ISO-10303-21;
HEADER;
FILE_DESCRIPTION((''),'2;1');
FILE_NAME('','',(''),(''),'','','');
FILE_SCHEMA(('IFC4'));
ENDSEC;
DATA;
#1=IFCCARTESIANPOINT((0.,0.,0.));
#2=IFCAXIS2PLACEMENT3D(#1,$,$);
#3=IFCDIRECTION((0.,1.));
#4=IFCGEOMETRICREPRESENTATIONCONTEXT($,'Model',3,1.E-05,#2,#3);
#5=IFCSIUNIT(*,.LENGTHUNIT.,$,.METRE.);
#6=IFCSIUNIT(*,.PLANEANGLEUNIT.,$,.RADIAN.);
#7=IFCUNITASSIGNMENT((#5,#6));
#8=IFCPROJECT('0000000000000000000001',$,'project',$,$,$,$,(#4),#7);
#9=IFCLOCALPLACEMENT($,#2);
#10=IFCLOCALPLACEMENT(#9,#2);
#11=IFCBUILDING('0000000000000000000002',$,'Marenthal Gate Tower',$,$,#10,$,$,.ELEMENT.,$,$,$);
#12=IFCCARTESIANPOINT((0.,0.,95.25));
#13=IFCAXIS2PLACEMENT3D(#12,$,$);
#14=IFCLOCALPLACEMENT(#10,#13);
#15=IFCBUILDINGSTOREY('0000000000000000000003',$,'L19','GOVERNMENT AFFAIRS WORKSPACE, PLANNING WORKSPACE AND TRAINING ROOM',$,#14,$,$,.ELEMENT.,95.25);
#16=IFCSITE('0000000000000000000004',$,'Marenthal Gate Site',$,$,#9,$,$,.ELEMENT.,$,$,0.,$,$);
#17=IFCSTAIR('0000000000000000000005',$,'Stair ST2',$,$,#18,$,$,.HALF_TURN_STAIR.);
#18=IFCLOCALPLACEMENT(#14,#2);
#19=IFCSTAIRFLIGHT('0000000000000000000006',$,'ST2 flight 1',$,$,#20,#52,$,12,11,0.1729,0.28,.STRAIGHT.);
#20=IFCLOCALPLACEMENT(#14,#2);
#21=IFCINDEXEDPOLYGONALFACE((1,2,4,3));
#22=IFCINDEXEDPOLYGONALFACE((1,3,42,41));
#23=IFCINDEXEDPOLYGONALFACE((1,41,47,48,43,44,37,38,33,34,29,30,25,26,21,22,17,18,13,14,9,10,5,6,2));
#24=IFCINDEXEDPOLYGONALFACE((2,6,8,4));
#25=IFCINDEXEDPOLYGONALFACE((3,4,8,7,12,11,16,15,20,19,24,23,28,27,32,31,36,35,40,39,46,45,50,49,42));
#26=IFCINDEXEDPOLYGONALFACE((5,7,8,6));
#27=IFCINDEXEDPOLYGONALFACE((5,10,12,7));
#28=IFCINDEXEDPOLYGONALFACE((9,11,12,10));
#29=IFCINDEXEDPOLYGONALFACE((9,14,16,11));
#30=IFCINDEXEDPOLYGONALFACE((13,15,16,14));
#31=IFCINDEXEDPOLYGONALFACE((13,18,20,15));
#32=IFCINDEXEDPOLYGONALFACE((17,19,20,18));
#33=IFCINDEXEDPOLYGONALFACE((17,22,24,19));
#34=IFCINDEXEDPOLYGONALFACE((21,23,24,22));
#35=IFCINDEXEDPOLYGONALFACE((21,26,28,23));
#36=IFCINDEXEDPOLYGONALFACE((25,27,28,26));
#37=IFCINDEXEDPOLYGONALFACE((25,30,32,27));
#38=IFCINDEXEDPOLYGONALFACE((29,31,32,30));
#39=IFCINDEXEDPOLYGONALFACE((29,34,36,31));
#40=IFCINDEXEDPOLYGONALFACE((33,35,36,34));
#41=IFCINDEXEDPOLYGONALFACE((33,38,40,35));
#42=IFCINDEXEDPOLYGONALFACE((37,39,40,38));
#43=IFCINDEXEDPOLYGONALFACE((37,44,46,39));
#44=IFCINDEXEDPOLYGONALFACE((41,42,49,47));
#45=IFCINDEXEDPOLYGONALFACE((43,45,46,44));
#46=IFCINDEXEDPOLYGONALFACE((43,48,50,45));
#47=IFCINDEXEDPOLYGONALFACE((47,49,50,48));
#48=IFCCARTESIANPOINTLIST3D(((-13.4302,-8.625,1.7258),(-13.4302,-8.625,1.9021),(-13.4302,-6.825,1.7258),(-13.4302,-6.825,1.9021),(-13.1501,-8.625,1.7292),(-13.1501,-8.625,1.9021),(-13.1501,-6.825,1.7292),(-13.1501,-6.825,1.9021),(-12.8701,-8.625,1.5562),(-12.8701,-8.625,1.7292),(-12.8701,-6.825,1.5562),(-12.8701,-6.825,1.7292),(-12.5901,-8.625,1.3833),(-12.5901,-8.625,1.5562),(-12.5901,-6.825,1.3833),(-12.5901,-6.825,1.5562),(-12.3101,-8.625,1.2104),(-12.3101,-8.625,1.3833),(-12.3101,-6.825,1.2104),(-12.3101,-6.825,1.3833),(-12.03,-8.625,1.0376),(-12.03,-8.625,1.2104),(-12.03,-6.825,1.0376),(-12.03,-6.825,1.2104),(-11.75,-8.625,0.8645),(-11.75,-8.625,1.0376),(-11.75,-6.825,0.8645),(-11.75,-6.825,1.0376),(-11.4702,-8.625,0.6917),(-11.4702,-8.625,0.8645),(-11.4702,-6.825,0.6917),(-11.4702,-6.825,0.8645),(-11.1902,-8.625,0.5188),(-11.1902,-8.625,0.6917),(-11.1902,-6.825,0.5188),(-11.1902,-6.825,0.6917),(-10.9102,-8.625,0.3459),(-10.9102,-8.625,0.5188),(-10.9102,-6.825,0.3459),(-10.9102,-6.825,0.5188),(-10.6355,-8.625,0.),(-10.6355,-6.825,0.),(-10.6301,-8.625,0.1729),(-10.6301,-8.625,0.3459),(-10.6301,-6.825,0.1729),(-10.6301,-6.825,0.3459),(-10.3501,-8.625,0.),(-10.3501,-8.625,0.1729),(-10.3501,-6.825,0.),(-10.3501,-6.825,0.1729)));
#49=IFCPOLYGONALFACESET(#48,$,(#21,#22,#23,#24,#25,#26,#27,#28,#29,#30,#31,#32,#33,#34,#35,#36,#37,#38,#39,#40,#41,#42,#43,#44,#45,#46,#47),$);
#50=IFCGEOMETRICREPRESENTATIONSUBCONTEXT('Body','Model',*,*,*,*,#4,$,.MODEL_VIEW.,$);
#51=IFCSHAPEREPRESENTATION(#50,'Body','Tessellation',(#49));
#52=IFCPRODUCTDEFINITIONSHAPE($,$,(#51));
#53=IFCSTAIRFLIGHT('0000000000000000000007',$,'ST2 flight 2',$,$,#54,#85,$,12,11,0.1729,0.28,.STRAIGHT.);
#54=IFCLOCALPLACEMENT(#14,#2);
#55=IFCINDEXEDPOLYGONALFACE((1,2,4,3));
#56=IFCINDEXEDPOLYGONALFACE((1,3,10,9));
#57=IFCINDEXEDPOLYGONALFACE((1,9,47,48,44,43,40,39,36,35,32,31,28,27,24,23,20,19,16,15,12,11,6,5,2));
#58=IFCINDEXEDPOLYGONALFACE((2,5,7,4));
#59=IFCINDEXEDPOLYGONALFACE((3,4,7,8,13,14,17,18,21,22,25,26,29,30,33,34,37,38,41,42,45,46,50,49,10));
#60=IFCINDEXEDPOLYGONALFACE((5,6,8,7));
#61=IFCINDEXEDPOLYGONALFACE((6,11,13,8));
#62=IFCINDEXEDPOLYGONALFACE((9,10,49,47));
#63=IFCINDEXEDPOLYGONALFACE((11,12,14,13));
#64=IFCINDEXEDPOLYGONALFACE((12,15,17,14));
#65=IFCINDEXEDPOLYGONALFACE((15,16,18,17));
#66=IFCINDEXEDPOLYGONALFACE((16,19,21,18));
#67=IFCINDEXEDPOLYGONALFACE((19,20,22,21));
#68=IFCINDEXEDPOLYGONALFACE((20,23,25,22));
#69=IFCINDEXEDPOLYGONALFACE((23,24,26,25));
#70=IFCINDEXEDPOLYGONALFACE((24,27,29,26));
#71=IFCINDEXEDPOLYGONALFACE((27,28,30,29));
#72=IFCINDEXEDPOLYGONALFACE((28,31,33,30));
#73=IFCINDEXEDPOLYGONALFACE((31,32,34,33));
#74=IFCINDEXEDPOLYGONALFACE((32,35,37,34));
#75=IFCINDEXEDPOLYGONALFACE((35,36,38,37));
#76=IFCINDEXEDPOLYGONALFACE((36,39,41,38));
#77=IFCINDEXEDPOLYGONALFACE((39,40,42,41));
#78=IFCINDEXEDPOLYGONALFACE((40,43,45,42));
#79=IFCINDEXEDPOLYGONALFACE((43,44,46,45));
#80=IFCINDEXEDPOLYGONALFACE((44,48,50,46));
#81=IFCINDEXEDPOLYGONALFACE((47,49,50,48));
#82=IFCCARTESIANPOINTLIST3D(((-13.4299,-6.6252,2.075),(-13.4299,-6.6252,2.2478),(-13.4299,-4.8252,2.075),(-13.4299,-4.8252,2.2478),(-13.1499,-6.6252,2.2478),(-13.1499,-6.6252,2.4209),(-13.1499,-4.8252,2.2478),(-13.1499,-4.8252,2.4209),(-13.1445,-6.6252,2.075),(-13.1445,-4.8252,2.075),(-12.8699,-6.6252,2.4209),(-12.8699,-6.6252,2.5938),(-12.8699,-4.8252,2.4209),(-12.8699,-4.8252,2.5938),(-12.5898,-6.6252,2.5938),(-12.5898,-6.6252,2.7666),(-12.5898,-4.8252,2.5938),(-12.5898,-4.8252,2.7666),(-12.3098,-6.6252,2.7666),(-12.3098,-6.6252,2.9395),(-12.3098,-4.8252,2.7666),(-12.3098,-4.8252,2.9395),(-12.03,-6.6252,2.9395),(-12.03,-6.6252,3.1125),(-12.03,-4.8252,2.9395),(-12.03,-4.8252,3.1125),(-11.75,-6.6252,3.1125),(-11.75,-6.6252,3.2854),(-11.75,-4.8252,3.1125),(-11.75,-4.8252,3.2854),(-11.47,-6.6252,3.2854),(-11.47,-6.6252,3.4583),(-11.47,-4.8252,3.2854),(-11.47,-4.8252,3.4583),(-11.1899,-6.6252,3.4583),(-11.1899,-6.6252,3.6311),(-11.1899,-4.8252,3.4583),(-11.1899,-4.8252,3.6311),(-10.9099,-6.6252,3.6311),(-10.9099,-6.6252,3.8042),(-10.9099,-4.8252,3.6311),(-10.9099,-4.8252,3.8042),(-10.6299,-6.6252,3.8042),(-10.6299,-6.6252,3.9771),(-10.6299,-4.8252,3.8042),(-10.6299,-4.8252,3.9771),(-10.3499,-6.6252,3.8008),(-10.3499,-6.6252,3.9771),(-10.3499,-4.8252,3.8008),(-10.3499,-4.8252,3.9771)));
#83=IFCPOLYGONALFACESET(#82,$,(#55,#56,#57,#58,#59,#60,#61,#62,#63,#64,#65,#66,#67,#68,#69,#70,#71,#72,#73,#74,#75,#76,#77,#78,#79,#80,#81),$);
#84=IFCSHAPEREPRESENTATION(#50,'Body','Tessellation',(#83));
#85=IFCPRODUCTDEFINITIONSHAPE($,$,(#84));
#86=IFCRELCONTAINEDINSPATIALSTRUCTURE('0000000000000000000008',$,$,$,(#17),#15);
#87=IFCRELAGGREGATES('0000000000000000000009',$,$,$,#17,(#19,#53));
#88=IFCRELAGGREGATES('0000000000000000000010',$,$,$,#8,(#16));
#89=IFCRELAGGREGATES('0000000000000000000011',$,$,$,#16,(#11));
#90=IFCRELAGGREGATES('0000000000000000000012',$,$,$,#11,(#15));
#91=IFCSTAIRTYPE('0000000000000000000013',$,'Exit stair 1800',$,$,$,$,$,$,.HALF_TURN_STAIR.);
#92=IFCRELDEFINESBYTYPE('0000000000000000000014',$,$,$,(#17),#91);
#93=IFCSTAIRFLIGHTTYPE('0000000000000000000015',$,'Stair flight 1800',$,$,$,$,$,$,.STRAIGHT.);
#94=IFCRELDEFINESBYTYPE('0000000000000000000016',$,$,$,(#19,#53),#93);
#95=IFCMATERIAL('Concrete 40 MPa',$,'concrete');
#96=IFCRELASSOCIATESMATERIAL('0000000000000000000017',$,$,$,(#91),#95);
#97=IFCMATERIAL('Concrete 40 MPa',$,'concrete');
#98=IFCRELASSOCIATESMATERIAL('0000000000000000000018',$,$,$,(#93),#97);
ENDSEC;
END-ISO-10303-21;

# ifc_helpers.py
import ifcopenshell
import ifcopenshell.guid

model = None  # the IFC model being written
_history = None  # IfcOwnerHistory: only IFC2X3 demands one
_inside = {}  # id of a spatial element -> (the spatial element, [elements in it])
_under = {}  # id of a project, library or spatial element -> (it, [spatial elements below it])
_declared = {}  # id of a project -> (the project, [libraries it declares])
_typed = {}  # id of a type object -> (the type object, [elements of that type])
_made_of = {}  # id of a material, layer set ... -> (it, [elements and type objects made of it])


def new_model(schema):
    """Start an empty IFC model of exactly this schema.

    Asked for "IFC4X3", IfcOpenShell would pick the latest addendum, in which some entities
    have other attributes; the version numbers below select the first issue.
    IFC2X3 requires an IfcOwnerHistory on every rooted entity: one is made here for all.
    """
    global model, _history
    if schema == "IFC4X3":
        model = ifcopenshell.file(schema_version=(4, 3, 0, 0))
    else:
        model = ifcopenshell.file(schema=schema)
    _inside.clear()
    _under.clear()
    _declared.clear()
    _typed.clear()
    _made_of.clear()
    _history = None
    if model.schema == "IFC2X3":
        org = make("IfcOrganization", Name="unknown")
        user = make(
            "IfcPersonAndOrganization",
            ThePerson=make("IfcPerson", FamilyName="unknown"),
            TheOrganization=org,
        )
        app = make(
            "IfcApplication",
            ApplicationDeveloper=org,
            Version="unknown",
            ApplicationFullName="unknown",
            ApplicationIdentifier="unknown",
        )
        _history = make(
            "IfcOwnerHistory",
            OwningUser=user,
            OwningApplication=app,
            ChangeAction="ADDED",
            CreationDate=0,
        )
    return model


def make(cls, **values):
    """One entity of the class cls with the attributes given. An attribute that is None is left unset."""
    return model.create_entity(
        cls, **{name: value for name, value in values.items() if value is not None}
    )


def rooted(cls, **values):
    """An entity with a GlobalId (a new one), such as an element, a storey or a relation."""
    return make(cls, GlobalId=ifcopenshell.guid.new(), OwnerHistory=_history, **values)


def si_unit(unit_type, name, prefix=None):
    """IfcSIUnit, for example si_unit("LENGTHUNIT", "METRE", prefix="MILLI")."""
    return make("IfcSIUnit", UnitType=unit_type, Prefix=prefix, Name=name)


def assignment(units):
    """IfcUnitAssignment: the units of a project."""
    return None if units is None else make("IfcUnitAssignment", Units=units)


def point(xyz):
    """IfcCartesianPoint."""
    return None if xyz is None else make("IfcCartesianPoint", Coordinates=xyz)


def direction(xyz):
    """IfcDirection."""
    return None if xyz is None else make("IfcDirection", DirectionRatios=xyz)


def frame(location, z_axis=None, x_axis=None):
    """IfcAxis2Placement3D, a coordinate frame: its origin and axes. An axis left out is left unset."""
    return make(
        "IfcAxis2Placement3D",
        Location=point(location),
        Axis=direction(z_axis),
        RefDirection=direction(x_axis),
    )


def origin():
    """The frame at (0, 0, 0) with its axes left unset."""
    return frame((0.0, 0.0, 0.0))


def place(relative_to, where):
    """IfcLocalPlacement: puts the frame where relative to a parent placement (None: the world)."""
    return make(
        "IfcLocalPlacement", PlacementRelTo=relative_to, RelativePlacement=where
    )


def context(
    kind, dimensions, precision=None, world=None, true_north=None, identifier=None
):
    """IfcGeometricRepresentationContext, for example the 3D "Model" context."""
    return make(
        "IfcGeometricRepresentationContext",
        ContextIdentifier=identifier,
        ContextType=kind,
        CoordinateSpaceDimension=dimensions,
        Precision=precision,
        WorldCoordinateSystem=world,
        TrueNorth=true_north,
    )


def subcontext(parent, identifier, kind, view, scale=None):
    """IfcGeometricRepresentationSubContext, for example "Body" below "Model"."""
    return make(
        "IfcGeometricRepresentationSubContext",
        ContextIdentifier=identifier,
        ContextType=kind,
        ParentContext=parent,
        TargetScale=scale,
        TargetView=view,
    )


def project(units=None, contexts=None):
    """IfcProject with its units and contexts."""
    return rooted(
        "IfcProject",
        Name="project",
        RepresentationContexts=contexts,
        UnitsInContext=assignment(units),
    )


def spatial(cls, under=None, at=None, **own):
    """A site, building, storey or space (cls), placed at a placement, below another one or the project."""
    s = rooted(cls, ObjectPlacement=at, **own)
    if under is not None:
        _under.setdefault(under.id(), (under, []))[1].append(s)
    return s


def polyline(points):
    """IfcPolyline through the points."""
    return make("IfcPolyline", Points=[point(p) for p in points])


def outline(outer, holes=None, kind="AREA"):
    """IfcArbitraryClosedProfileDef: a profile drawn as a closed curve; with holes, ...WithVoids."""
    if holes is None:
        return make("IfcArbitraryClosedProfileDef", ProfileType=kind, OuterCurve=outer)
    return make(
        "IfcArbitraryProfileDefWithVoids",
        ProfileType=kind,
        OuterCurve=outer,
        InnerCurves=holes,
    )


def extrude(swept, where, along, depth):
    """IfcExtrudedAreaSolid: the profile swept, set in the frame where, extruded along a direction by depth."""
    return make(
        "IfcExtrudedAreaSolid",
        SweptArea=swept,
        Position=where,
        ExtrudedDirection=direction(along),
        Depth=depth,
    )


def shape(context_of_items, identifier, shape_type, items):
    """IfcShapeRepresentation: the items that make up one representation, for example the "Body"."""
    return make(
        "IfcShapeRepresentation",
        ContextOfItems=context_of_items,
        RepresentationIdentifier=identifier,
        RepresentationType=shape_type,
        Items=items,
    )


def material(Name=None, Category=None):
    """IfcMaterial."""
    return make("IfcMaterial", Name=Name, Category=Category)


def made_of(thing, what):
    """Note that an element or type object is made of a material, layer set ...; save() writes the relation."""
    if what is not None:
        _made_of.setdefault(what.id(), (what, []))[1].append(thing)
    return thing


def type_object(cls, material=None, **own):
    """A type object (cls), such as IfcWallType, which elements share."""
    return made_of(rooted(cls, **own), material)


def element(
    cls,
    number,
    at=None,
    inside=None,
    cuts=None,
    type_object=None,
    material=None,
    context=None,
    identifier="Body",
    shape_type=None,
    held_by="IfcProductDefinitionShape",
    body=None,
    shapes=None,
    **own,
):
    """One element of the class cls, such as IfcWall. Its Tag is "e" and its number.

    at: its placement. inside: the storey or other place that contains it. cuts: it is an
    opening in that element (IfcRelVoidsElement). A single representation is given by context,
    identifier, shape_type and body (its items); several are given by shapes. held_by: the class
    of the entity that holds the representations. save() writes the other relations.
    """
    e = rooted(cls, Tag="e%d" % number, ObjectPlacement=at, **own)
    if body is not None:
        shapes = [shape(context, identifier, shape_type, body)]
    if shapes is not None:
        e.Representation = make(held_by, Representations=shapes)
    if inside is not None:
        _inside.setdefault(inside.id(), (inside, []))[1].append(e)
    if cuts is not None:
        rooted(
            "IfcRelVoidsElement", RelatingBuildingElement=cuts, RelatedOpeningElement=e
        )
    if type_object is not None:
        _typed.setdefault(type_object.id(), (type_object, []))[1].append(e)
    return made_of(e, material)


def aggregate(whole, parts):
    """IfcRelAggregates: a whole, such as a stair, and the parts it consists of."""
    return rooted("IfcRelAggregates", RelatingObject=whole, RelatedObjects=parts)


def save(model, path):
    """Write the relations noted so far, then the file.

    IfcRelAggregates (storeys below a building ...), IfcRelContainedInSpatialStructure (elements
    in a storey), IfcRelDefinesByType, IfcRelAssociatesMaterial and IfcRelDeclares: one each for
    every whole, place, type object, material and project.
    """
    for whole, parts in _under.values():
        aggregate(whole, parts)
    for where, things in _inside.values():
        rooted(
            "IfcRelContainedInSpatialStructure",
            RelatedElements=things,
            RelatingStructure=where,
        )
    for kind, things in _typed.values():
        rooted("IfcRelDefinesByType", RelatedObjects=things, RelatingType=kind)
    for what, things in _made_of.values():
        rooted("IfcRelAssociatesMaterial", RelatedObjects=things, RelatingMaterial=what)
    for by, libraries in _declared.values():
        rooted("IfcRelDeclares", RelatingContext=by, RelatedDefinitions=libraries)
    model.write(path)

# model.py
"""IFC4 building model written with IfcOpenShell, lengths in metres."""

from ifc_helpers import new_model, si_unit, direction, frame, origin, place, context, subcontext, project, spatial, polyline, outline, extrude, material, type_object, element, aggregate, save


model = new_model("IFC4")

# Units and contexts
model_context = context("Model", 3, precision=1e-05, world=origin(), true_north=direction((0.0, 1.0)))
body_context = subcontext(model_context, "Body", "Model", "MODEL_VIEW")
ifc_project = project(units=[si_unit("LENGTHUNIT", "METRE"), si_unit("PLANEANGLEUNIT", "RADIAN")], contexts=[model_context])

# Site, building, storey
site_placement = place(None, origin())
site = spatial("IfcSite", under=ifc_project, at=site_placement, Name="Marenthal Gate Site", CompositionType="ELEMENT", RefElevation=0.0)
building_placement = place(site_placement, origin())
building = spatial("IfcBuilding", under=site, at=building_placement, Name="Marenthal Gate Tower", CompositionType="ELEMENT")
storey_placement = place(building_placement, frame((0.0, 0.0, 95.25)))
storey = spatial("IfcBuildingStorey", under=building, at=storey_placement, Name="L19", Description="GOVERNMENT AFFAIRS WORKSPACE, PLANNING WORKSPACE AND TRAINING ROOM", CompositionType="ELEMENT", Elevation=95.25)

# Stair, stair flights
ifc_material_1 = material(Name="Concrete 40 MPa", Category="concrete")
stair_type = type_object("IfcStairType", Name="Exit stair 1800", PredefinedType="HALF_TURN_STAIR", material=ifc_material_1)
stair_placement = place(storey_placement, origin())
stair = element("IfcStair", 1, at=stair_placement, inside=storey, type_object=stair_type, Name="Stair ST2", PredefinedType="HALF_TURN_STAIR")
ifc_material_2 = material(Name="Concrete 40 MPa", Category="concrete")
stair_flight_type = type_object("IfcStairFlightType", Name="Stair flight 1800", PredefinedType="STRAIGHT", material=ifc_material_2)
stair_flight_1_placement = place(storey_placement, frame((-10.3501, -7.7251, 0.0), z_axis=(0.0, 0.0, 1.0), x_axis=(-1.0, 0.0, 0.0)))
stair_flight_1 = element("IfcStairFlight", 2, at=stair_flight_1_placement, type_object=stair_flight_type, Name="ST2 flight 1", NumberOfRisers=12, NumberOfTreads=11, PredefinedType="STRAIGHT", RiserHeight=0.1729, TreadLength=0.28, context=body_context, shape_type="SweptSolid", body=[
    extrude(outline(polyline([(0.0, 0.0), (0.0, 0.1729), (0.28, 0.1729), (0.28, 0.3459), (0.5601, 0.3459), (0.5601, 0.5188), (0.8401, 0.5188), (0.8401, 0.6917), (1.1201, 0.6917), (1.1201, 0.8645), (1.3999, 0.8645), (1.3999, 1.0376), (1.6799, 1.0376), (1.6799, 1.2104), (1.96, 1.2104), (1.96, 1.3833), (2.24, 1.3833), (2.24, 1.5562), (2.52, 1.5562), (2.52, 1.7292), (2.8, 1.7292), (2.8, 1.9021), (3.0801, 1.9021), (3.0801, 2.075), (3.0801, 1.7258), (0.2854, 0.0), (0.0, 0.0)])), frame((0.0, 0.8999, 0.0), z_axis=(0.0, -1.0, 0.0), x_axis=(1.0, 0.0, 0.0)), (0.0, 0.0, 1.0), 1.8),
])
stair_flight_2_placement = place(storey_placement, frame((-13.4299, -5.7251, 2.075), z_axis=(0.0, 0.0, 1.0), x_axis=(1.0, 0.0, 0.0)))
stair_flight_2 = element("IfcStairFlight", 3, at=stair_flight_2_placement, type_object=stair_flight_type, Name="ST2 flight 2", NumberOfRisers=12, NumberOfTreads=11, PredefinedType="STRAIGHT", RiserHeight=0.1729, TreadLength=0.28, context=body_context, shape_type="SweptSolid", body=[
    extrude(outline(polyline([(0.0, 0.0), (0.0, 0.1729), (0.28, 0.1729), (0.28, 0.3459), (0.5601, 0.3459), (0.5601, 0.5188), (0.8401, 0.5188), (0.8401, 0.6917), (1.1201, 0.6917), (1.1201, 0.8645), (1.3999, 0.8645), (1.3999, 1.0376), (1.6799, 1.0376), (1.6799, 1.2104), (1.96, 1.2104), (1.96, 1.3833), (2.24, 1.3833), (2.24, 1.5562), (2.52, 1.5562), (2.52, 1.7292), (2.8, 1.7292), (2.8, 1.9021), (3.0801, 1.9021), (3.0801, 2.075), (3.0801, 1.7258), (0.2854, 0.0), (0.0, 0.0)])), frame((0.0, 0.8999, 0.0), z_axis=(0.0, -1.0, 0.0), x_axis=(1.0, 0.0, 0.0)), (0.0, 0.0, 1.0), 1.8),
])
aggregate(stair, [stair_flight_1, stair_flight_2])

save(model, "model.ifc")
